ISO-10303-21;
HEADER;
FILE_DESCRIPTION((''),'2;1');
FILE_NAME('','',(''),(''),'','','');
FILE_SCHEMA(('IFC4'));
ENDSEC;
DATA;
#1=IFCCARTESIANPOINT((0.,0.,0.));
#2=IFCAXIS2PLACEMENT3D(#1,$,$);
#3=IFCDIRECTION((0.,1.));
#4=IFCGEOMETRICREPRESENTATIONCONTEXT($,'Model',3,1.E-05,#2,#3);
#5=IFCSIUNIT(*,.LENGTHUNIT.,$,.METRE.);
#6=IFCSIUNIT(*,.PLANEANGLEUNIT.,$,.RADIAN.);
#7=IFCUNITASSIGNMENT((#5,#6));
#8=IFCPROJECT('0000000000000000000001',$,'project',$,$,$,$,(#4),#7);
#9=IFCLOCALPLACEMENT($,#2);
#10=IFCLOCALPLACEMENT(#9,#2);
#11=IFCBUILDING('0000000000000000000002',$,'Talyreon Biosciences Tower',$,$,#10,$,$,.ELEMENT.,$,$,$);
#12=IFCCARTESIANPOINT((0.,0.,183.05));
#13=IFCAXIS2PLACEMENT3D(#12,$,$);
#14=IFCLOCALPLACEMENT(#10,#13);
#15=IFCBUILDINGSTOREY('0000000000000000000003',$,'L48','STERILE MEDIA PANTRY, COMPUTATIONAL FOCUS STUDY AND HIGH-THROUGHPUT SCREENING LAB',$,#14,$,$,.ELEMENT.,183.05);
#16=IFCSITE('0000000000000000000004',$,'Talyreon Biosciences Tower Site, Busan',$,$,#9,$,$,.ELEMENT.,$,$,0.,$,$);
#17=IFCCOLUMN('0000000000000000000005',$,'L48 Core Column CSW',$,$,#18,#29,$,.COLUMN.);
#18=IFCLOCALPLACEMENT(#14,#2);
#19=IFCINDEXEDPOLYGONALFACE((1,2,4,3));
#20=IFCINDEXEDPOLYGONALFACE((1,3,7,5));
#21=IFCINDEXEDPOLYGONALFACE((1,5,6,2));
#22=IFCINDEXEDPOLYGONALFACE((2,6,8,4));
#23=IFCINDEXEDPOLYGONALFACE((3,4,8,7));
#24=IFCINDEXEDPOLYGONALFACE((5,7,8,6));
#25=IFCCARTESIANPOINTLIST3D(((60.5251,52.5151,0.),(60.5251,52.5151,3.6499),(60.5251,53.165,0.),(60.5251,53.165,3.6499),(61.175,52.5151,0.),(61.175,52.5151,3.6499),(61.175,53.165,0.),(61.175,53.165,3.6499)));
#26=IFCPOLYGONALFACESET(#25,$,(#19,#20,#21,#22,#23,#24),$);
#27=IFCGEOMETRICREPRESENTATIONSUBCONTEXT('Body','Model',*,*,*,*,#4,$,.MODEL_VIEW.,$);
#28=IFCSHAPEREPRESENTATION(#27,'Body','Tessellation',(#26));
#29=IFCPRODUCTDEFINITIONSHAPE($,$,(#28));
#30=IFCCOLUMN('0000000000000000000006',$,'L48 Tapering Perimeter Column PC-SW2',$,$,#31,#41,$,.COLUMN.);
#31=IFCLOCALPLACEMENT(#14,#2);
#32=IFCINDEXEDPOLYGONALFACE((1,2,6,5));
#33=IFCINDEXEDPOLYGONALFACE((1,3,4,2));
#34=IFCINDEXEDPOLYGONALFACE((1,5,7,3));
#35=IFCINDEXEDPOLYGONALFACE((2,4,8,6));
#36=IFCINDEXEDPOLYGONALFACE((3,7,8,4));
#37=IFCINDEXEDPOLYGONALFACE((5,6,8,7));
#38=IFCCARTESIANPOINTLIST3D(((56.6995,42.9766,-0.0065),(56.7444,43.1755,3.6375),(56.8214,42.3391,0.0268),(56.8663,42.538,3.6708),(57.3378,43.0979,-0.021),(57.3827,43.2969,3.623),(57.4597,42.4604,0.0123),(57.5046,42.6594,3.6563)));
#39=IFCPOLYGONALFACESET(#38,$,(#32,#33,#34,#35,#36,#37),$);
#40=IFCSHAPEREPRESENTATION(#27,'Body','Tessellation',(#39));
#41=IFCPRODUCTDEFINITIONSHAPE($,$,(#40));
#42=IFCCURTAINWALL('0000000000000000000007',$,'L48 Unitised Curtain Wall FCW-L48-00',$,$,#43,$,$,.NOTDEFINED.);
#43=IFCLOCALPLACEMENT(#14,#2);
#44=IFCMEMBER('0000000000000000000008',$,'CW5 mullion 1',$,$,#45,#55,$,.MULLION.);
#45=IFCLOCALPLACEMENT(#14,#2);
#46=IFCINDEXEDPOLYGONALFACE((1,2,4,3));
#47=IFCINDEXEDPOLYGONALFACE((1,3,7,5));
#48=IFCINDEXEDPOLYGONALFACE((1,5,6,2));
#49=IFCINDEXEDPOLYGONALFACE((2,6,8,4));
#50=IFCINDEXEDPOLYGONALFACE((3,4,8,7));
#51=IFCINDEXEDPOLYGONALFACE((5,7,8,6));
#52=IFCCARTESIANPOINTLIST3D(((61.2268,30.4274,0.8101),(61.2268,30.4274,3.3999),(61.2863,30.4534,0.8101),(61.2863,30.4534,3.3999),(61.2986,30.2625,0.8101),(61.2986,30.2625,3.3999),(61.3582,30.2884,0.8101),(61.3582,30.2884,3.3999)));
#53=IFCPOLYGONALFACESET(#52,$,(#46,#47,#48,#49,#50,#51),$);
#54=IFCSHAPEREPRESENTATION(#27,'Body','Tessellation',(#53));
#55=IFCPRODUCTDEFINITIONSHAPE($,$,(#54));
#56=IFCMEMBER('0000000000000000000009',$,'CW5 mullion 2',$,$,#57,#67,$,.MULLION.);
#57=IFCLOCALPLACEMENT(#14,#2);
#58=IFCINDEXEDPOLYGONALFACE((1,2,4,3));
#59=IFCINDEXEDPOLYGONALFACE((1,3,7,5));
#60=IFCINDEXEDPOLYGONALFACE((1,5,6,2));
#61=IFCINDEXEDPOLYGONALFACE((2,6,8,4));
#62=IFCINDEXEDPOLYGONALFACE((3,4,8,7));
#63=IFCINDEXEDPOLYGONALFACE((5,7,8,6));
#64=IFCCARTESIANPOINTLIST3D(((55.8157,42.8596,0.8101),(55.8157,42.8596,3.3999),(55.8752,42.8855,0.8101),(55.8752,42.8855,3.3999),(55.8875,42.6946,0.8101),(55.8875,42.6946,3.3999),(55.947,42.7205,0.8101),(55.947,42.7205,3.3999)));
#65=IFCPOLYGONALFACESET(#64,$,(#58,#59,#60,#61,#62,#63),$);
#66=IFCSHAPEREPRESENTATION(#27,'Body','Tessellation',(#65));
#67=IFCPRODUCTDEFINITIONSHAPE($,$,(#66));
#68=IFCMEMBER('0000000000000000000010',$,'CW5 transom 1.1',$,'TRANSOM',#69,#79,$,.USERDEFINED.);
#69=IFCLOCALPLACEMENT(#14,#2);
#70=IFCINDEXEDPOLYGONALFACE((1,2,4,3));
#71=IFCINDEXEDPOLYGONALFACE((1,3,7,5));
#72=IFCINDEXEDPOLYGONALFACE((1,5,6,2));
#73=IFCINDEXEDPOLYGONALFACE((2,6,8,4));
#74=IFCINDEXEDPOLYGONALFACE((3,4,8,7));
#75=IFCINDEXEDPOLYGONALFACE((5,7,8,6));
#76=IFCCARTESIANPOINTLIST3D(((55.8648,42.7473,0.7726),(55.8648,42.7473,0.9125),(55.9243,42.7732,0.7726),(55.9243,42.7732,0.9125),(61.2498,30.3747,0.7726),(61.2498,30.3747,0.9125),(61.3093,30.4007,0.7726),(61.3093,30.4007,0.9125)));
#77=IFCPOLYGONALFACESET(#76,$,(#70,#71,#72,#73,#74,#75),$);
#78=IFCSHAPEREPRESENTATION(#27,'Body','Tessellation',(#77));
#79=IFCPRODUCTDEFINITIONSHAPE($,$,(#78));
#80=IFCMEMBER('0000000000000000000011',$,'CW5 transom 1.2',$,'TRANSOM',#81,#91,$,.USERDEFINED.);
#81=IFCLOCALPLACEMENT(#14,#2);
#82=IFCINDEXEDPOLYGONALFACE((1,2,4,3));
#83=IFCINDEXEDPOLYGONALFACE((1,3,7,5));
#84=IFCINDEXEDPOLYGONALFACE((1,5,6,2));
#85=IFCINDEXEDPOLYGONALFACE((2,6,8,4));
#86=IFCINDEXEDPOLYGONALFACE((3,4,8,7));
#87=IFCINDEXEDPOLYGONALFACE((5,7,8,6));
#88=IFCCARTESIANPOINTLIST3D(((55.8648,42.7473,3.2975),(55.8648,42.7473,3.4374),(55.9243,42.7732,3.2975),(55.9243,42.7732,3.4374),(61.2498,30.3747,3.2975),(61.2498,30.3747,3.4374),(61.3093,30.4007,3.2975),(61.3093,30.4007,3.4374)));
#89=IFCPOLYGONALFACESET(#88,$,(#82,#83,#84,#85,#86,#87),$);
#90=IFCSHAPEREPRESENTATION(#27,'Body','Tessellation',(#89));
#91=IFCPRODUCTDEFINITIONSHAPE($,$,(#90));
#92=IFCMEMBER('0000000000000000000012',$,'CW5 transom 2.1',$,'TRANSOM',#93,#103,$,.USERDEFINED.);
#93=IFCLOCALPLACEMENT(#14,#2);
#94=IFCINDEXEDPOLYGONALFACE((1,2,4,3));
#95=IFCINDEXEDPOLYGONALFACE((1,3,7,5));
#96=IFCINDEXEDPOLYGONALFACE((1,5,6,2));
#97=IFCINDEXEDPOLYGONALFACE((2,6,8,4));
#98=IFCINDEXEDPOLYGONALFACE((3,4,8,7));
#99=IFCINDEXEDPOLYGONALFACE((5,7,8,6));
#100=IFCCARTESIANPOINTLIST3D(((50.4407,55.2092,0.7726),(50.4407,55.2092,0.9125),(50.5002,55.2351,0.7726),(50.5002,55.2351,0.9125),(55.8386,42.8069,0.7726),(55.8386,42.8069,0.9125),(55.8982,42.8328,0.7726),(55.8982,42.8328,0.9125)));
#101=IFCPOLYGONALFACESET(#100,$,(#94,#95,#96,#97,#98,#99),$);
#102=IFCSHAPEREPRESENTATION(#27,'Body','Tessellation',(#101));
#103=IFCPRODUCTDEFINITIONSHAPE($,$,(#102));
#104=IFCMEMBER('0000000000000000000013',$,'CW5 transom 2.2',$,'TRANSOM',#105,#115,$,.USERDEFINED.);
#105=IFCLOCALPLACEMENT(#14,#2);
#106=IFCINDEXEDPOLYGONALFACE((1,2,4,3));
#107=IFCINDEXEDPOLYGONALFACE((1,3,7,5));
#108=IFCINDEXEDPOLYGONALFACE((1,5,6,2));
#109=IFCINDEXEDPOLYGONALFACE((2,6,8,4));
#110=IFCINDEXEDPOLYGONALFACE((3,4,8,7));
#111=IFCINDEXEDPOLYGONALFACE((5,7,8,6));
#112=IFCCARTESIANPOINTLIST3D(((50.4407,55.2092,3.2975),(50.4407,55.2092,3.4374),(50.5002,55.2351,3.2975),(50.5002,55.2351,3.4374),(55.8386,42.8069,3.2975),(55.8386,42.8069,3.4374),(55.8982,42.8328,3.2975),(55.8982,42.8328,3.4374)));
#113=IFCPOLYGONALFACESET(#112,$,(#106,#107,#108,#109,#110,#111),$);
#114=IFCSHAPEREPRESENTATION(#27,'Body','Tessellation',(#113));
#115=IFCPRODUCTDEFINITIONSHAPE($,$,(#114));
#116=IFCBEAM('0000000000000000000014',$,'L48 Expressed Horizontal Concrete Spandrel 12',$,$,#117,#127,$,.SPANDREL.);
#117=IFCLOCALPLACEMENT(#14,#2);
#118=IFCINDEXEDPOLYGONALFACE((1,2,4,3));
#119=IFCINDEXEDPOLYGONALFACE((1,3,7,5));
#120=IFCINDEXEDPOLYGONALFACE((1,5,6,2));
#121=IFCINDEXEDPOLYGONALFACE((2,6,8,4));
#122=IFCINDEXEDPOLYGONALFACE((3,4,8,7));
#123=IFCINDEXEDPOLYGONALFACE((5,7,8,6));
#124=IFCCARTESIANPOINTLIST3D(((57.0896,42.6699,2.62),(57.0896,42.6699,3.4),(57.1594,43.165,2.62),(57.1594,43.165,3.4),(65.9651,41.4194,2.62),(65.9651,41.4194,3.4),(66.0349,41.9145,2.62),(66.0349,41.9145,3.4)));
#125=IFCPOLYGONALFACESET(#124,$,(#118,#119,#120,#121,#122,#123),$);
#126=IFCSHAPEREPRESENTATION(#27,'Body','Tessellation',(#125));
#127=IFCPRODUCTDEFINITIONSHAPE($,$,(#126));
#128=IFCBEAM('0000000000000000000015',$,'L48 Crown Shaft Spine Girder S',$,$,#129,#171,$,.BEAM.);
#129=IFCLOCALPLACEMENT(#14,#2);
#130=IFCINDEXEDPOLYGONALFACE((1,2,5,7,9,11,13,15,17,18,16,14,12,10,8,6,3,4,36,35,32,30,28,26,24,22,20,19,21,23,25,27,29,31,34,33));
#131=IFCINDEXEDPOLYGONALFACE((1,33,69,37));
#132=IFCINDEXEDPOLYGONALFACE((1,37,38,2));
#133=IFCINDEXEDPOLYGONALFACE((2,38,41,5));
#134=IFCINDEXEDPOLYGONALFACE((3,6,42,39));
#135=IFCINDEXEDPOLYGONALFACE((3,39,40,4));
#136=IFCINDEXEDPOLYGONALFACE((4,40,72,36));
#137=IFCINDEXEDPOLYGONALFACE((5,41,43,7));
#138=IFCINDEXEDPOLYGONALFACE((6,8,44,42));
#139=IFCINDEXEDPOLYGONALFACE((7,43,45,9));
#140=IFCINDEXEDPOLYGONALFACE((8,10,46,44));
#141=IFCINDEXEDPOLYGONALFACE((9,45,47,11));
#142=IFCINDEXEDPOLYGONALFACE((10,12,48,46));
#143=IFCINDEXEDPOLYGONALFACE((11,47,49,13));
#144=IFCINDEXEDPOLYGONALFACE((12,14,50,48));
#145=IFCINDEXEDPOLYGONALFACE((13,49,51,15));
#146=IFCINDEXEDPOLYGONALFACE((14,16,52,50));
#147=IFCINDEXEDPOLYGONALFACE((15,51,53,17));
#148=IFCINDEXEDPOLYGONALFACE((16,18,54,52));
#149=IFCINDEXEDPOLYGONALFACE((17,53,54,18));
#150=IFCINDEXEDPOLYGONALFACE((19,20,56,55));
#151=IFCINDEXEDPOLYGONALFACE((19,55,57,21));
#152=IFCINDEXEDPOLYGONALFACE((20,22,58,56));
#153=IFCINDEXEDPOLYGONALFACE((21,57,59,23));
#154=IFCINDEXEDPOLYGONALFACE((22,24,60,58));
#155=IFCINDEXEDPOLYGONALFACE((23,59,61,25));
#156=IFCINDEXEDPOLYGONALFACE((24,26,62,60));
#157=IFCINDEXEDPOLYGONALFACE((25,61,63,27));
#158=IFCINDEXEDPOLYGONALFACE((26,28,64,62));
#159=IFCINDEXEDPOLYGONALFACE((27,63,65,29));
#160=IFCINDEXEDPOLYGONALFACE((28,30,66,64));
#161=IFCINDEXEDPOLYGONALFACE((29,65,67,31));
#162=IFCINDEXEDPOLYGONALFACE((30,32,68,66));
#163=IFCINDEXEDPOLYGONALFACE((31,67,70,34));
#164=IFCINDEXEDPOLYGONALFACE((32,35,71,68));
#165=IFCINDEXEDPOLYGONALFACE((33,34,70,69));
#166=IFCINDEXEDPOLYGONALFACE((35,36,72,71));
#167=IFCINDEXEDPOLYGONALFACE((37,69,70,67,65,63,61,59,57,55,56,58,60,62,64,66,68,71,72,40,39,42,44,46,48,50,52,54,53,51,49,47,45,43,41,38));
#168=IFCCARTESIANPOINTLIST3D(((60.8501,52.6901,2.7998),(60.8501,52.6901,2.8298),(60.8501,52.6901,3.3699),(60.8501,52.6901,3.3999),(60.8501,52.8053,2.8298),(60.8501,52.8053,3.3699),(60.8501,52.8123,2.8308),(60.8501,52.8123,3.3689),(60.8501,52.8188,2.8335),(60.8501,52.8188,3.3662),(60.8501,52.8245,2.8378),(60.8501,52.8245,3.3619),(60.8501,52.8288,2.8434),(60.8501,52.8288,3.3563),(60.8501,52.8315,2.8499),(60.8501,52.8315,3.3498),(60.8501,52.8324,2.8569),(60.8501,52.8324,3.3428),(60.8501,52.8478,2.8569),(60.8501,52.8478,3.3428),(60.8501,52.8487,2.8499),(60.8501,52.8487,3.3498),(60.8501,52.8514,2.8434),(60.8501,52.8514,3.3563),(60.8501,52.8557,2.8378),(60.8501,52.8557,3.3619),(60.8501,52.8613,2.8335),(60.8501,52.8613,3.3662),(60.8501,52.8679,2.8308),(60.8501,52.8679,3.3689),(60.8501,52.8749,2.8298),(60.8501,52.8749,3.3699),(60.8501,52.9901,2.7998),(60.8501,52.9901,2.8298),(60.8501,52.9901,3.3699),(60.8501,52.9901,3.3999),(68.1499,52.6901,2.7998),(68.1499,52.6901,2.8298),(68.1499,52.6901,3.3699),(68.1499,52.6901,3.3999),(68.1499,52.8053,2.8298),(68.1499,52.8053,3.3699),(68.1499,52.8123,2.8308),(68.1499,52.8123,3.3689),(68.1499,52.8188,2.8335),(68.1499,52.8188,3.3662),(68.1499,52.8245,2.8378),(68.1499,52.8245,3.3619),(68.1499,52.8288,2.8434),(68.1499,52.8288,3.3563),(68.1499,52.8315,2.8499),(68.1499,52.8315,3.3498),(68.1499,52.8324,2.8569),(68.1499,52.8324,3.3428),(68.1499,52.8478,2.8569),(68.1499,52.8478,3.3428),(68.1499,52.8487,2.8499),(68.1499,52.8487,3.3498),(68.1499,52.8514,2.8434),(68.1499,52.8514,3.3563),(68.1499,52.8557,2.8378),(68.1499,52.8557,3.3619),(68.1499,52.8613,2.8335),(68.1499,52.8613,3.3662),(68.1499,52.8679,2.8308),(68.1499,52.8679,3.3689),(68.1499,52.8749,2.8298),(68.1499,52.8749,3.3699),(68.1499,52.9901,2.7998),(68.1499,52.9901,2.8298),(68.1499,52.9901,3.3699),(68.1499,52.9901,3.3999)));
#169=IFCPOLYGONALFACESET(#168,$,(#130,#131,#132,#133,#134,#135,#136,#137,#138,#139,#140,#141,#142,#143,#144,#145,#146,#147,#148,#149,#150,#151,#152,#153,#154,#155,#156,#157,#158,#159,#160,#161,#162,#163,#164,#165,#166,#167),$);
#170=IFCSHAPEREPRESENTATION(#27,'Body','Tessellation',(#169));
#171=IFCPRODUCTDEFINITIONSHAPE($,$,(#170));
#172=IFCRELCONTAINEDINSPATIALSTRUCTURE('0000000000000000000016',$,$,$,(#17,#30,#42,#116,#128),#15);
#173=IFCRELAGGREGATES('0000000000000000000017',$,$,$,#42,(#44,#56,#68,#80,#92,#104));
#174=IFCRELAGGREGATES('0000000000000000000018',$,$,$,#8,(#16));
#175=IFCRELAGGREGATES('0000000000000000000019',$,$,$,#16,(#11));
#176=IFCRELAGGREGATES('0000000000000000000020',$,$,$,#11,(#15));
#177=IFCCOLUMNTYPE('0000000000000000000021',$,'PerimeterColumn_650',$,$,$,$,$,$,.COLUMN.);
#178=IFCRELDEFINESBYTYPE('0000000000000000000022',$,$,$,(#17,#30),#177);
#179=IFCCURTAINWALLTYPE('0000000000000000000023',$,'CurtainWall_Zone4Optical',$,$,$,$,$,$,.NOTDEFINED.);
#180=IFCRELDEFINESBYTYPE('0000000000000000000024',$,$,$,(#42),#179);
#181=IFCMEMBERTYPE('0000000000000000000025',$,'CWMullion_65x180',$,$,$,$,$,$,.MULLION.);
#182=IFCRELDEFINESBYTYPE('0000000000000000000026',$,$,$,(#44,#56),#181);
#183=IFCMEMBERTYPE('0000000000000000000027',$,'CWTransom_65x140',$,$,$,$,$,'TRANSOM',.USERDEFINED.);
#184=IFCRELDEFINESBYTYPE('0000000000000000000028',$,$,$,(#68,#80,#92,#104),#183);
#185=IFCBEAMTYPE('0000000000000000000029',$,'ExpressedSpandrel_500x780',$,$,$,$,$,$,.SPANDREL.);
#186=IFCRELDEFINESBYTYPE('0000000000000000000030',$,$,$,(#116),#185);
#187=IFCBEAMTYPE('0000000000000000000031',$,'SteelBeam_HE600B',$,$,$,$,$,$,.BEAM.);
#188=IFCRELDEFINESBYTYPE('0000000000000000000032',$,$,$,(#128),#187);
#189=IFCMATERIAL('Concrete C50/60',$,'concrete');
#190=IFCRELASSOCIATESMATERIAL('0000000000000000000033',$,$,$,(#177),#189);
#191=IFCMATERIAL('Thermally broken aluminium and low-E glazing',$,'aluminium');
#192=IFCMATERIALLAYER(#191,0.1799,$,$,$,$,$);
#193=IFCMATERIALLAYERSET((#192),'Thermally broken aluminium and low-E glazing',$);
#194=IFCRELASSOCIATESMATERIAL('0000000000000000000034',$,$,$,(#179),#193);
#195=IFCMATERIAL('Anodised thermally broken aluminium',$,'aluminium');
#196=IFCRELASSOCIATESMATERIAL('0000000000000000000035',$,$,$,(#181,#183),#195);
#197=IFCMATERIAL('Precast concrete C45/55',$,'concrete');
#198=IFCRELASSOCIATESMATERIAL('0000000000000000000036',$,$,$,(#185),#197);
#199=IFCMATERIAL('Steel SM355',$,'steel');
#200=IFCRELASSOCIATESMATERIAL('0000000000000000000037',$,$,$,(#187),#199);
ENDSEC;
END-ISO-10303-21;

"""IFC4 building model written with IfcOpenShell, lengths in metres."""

from ifc_helpers import new_model, si_unit, direction, frame, origin, origin_2d, place, context, subcontext, project, spatial, rectangle, i_section, extrude, material, layer, layer_set, material_profile, profile_set, type_object, element, aggregate, save


model = new_model("IFC4")

# Units and contexts
model_context = context("Model", 3, precision=1e-05, world=origin(), true_north=direction((0.0, 1.0)))
body_context = subcontext(model_context, "Body", "Model", "MODEL_VIEW")
ifc_project = project(units=[si_unit("LENGTHUNIT", "METRE"), si_unit("PLANEANGLEUNIT", "RADIAN")], contexts=[model_context])

# Site, building, storey
site_placement = place(None, origin())
site = spatial("IfcSite", under=ifc_project, at=site_placement, Name="Talyreon Biosciences Tower Site, Busan", CompositionType="ELEMENT", RefElevation=0.0)
building_placement = place(site_placement, origin())
building = spatial("IfcBuilding", under=site, at=building_placement, Name="Talyreon Biosciences Tower", CompositionType="ELEMENT")
storey_placement = place(building_placement, frame((0.0, 0.0, 183.05)))
storey = spatial("IfcBuildingStorey", under=building, at=storey_placement, Name="L48", Description="STERILE MEDIA PANTRY, COMPUTATIONAL FOCUS STUDY AND HIGH-THROUGHPUT SCREENING LAB", CompositionType="ELEMENT", Elevation=183.05)

# Columns
ifc_material_1 = material(Name="Concrete C50/60", Category="concrete")
ifc_material_profile_1 = material_profile(ifc_material_1, rectangle(XDim=0.6499, YDim=0.6499, at=origin_2d()), Name="RC 650x650")
ifc_profile_set_1 = profile_set([ifc_material_profile_1], Name="Concrete C50/60")
column_type = type_object("IfcColumnType", Name="PerimeterColumn_650", PredefinedType="COLUMN", material=ifc_profile_set_1)
column_1_placement = place(storey_placement, frame((60.8501, 52.8401, 0.0), z_axis=(0.0, 0.0, 1.0), x_axis=(1.0, 0.0, 0.0)))
element("IfcColumn", 1, at=column_1_placement, inside=storey, type_object=column_type, Name="L48 Core Column CSW", PredefinedType="COLUMN", context=body_context, shape_type="SweptSolid", body=[
    extrude(rectangle(XDim=0.6499, YDim=0.6499, at=origin_2d()), origin(), (0.0, 0.0, 1.0), 3.6499),
])
column_2_placement = place(storey_placement, frame((57.0796, 42.7185, 0.0029), z_axis=(0.012308, 0.054517, 0.998437), x_axis=(-0.187676, 0.980893, -0.051246)))
element("IfcColumn", 2, at=column_2_placement, inside=storey, type_object=column_type, Name="L48 Tapering Perimeter Column PC-SW2", PredefinedType="COLUMN", context=body_context, shape_type="SweptSolid", body=[
    extrude(rectangle(XDim=0.6499, YDim=0.6499, at=origin_2d()), origin(), (0.0, 0.0, 1.0), 3.6497),
])

# Curtain wall, members
ifc_material_2 = material(Name="Thermally broken aluminium and low-E glazing", Category="aluminium")
ifc_layer_1 = layer(ifc_material_2, 0.1799)
ifc_layer_set_1 = layer_set([ifc_layer_1], Name="Thermally broken aluminium and low-E glazing")
curtain_wall_type = type_object("IfcCurtainWallType", Name="CurtainWall_Zone4Optical", PredefinedType="NOTDEFINED", material=ifc_layer_set_1)
curtain_wall_placement = place(storey_placement, origin())
curtain_wall = element("IfcCurtainWall", 3, at=curtain_wall_placement, inside=storey, type_object=curtain_wall_type, Name="L48 Unitised Curtain Wall FCW-L48-00", PredefinedType="NOTDEFINED")
ifc_material_3 = material(Name="Anodised thermally broken aluminium", Category="aluminium")
ifc_material_profile_2 = material_profile(ifc_material_3, rectangle(XDim=0.0649, YDim=0.1799, at=origin_2d()), Name="ALUM MULLION 65x180")
ifc_profile_set_2 = profile_set([ifc_material_profile_2], Name="Anodised thermally broken aluminium")
member_type_1 = type_object("IfcMemberType", Name="CWMullion_65x180", PredefinedType="MULLION", material=ifc_profile_set_2)
member_1_placement = place(storey_placement, frame((61.2925, 30.3579, 0.8101), z_axis=(0.0, 0.0, 1.0), x_axis=(-0.916912, -0.399089, 0.0)))
member_1 = element("IfcMember", 4, at=member_1_placement, type_object=member_type_1, Name="CW5 mullion 1", PredefinedType="MULLION", context=body_context, shape_type="SweptSolid", body=[
    extrude(rectangle(XDim=0.0649, YDim=0.1799, at=origin_2d()), origin(), (0.0, 0.0, 1.0), 2.5898),
])
member_2_placement = place(storey_placement, frame((55.8813, 42.79, 0.8101), z_axis=(0.0, 0.0, 1.0), x_axis=(-0.916912, -0.399089, 0.0)))
member_2 = element("IfcMember", 5, at=member_2_placement, type_object=member_type_1, Name="CW5 mullion 2", PredefinedType="MULLION", context=body_context, shape_type="SweptSolid", body=[
    extrude(rectangle(XDim=0.0649, YDim=0.1799, at=origin_2d()), origin(), (0.0, 0.0, 1.0), 2.5898),
])
ifc_material_profile_3 = material_profile(ifc_material_3, rectangle(XDim=0.0649, YDim=0.1399, at=origin_2d()), Name="ALUM TRANSOM 65x140")
ifc_profile_set_3 = profile_set([ifc_material_profile_3], Name="Anodised thermally broken aluminium")
member_type_2 = type_object("IfcMemberType", Name="CWTransom_65x140", ElementType="TRANSOM", PredefinedType="USERDEFINED", material=ifc_profile_set_3)
member_3_placement = place(storey_placement, frame((61.2795, 30.3877, 0.8425), z_axis=(-0.399077, 0.916917, 0.0), x_axis=(-0.916917, -0.399077, 0.0)))
member_3 = element("IfcMember", 6, at=member_3_placement, type_object=member_type_2, Name="CW5 transom 1.1", ObjectType="TRANSOM", PredefinedType="USERDEFINED", context=body_context, shape_type="SweptSolid", body=[
    extrude(rectangle(XDim=0.0649, YDim=0.1399, at=origin_2d()), origin(), (0.0, 0.0, 1.0), 13.4937),
])
member_4_placement = place(storey_placement, frame((61.2795, 30.3877, 3.3674), z_axis=(-0.399077, 0.916917, 0.0), x_axis=(-0.916917, -0.399077, 0.0)))
member_4 = element("IfcMember", 7, at=member_4_placement, type_object=member_type_2, Name="CW5 transom 1.2", ObjectType="TRANSOM", PredefinedType="USERDEFINED", context=body_context, shape_type="SweptSolid", body=[
    extrude(rectangle(XDim=0.0649, YDim=0.1399, at=origin_2d()), origin(), (0.0, 0.0, 1.0), 13.4937),
])
member_5_placement = place(storey_placement, frame((55.8684, 42.8198, 0.8425), z_axis=(-0.399076, 0.916918, 0.0), x_axis=(-0.916918, -0.399076, 0.0)))
member_5 = element("IfcMember", 8, at=member_5_placement, type_object=member_type_2, Name="CW5 transom 2.1", ObjectType="TRANSOM", PredefinedType="USERDEFINED", context=body_context, shape_type="SweptSolid", body=[
    extrude(rectangle(XDim=0.0649, YDim=0.1399, at=origin_2d()), origin(), (0.0, 0.0, 1.0), 13.5261),
])
member_6_placement = place(storey_placement, frame((55.8684, 42.8198, 3.3674), z_axis=(-0.399076, 0.916918, 0.0), x_axis=(-0.916918, -0.399076, 0.0)))
member_6 = element("IfcMember", 9, at=member_6_placement, type_object=member_type_2, Name="CW5 transom 2.2", ObjectType="TRANSOM", PredefinedType="USERDEFINED", context=body_context, shape_type="SweptSolid", body=[
    extrude(rectangle(XDim=0.0649, YDim=0.1399, at=origin_2d()), origin(), (0.0, 0.0, 1.0), 13.5261),
])

# Beams
ifc_material_4 = material(Name="Precast concrete C45/55", Category="concrete")
ifc_material_profile_4 = material_profile(ifc_material_4, rectangle(XDim=0.5, YDim=0.78, at=origin_2d()), Name="RCB 500x780")
ifc_profile_set_4 = profile_set([ifc_material_profile_4], Name="Precast concrete C45/55")
beam_type_1 = type_object("IfcBeamType", Name="ExpressedSpandrel_500x780", PredefinedType="SPANDREL", material=ifc_profile_set_4)
beam_1_placement = place(storey_placement, frame((57.1245, 42.9175, 3.01), z_axis=(0.99022, -0.139514, 0.0), x_axis=(0.139514, 0.99022, 0.0)))
element("IfcBeam", 10, at=beam_1_placement, inside=storey, type_object=beam_type_1, Name="L48 Expressed Horizontal Concrete Spandrel 12", PredefinedType="SPANDREL", context=body_context, shape_type="SweptSolid", body=[
    extrude(rectangle(XDim=0.5, YDim=0.78, at=origin_2d()), origin(), (0.0, 0.0, 1.0), 8.9631),
])
ifc_material_5 = material(Name="Steel SM355", Category="steel")
ifc_material_profile_5 = material_profile(ifc_material_5, i_section(OverallWidth=0.3, OverallDepth=0.6001, WebThickness=0.0154, FlangeThickness=0.03, FilletRadius=0.0271, at=origin_2d()), Name="HE600B")
ifc_profile_set_5 = profile_set([ifc_material_profile_5], Name="Steel SM355")
beam_type_2 = type_object("IfcBeamType", Name="SteelBeam_HE600B", PredefinedType="BEAM", material=ifc_profile_set_5)
beam_2_placement = place(storey_placement, frame((60.8501, 52.8401, 3.0999), z_axis=(1.0, 0.0, 0.0), x_axis=(0.0, 1.0, 0.0)))
element("IfcBeam", 11, at=beam_2_placement, inside=storey, type_object=beam_type_2, Name="L48 Crown Shaft Spine Girder S", PredefinedType="BEAM", context=body_context, shape_type="SweptSolid", body=[
    extrude(i_section(OverallWidth=0.3, OverallDepth=0.6001, WebThickness=0.0154, FlangeThickness=0.03, FilletRadius=0.0271, at=origin_2d()), origin(), (0.0, 0.0, 1.0), 7.2998),
])

aggregate(curtain_wall, [member_1, member_2, member_3, member_4, member_5, member_6])

save(model, "model.ifc")
